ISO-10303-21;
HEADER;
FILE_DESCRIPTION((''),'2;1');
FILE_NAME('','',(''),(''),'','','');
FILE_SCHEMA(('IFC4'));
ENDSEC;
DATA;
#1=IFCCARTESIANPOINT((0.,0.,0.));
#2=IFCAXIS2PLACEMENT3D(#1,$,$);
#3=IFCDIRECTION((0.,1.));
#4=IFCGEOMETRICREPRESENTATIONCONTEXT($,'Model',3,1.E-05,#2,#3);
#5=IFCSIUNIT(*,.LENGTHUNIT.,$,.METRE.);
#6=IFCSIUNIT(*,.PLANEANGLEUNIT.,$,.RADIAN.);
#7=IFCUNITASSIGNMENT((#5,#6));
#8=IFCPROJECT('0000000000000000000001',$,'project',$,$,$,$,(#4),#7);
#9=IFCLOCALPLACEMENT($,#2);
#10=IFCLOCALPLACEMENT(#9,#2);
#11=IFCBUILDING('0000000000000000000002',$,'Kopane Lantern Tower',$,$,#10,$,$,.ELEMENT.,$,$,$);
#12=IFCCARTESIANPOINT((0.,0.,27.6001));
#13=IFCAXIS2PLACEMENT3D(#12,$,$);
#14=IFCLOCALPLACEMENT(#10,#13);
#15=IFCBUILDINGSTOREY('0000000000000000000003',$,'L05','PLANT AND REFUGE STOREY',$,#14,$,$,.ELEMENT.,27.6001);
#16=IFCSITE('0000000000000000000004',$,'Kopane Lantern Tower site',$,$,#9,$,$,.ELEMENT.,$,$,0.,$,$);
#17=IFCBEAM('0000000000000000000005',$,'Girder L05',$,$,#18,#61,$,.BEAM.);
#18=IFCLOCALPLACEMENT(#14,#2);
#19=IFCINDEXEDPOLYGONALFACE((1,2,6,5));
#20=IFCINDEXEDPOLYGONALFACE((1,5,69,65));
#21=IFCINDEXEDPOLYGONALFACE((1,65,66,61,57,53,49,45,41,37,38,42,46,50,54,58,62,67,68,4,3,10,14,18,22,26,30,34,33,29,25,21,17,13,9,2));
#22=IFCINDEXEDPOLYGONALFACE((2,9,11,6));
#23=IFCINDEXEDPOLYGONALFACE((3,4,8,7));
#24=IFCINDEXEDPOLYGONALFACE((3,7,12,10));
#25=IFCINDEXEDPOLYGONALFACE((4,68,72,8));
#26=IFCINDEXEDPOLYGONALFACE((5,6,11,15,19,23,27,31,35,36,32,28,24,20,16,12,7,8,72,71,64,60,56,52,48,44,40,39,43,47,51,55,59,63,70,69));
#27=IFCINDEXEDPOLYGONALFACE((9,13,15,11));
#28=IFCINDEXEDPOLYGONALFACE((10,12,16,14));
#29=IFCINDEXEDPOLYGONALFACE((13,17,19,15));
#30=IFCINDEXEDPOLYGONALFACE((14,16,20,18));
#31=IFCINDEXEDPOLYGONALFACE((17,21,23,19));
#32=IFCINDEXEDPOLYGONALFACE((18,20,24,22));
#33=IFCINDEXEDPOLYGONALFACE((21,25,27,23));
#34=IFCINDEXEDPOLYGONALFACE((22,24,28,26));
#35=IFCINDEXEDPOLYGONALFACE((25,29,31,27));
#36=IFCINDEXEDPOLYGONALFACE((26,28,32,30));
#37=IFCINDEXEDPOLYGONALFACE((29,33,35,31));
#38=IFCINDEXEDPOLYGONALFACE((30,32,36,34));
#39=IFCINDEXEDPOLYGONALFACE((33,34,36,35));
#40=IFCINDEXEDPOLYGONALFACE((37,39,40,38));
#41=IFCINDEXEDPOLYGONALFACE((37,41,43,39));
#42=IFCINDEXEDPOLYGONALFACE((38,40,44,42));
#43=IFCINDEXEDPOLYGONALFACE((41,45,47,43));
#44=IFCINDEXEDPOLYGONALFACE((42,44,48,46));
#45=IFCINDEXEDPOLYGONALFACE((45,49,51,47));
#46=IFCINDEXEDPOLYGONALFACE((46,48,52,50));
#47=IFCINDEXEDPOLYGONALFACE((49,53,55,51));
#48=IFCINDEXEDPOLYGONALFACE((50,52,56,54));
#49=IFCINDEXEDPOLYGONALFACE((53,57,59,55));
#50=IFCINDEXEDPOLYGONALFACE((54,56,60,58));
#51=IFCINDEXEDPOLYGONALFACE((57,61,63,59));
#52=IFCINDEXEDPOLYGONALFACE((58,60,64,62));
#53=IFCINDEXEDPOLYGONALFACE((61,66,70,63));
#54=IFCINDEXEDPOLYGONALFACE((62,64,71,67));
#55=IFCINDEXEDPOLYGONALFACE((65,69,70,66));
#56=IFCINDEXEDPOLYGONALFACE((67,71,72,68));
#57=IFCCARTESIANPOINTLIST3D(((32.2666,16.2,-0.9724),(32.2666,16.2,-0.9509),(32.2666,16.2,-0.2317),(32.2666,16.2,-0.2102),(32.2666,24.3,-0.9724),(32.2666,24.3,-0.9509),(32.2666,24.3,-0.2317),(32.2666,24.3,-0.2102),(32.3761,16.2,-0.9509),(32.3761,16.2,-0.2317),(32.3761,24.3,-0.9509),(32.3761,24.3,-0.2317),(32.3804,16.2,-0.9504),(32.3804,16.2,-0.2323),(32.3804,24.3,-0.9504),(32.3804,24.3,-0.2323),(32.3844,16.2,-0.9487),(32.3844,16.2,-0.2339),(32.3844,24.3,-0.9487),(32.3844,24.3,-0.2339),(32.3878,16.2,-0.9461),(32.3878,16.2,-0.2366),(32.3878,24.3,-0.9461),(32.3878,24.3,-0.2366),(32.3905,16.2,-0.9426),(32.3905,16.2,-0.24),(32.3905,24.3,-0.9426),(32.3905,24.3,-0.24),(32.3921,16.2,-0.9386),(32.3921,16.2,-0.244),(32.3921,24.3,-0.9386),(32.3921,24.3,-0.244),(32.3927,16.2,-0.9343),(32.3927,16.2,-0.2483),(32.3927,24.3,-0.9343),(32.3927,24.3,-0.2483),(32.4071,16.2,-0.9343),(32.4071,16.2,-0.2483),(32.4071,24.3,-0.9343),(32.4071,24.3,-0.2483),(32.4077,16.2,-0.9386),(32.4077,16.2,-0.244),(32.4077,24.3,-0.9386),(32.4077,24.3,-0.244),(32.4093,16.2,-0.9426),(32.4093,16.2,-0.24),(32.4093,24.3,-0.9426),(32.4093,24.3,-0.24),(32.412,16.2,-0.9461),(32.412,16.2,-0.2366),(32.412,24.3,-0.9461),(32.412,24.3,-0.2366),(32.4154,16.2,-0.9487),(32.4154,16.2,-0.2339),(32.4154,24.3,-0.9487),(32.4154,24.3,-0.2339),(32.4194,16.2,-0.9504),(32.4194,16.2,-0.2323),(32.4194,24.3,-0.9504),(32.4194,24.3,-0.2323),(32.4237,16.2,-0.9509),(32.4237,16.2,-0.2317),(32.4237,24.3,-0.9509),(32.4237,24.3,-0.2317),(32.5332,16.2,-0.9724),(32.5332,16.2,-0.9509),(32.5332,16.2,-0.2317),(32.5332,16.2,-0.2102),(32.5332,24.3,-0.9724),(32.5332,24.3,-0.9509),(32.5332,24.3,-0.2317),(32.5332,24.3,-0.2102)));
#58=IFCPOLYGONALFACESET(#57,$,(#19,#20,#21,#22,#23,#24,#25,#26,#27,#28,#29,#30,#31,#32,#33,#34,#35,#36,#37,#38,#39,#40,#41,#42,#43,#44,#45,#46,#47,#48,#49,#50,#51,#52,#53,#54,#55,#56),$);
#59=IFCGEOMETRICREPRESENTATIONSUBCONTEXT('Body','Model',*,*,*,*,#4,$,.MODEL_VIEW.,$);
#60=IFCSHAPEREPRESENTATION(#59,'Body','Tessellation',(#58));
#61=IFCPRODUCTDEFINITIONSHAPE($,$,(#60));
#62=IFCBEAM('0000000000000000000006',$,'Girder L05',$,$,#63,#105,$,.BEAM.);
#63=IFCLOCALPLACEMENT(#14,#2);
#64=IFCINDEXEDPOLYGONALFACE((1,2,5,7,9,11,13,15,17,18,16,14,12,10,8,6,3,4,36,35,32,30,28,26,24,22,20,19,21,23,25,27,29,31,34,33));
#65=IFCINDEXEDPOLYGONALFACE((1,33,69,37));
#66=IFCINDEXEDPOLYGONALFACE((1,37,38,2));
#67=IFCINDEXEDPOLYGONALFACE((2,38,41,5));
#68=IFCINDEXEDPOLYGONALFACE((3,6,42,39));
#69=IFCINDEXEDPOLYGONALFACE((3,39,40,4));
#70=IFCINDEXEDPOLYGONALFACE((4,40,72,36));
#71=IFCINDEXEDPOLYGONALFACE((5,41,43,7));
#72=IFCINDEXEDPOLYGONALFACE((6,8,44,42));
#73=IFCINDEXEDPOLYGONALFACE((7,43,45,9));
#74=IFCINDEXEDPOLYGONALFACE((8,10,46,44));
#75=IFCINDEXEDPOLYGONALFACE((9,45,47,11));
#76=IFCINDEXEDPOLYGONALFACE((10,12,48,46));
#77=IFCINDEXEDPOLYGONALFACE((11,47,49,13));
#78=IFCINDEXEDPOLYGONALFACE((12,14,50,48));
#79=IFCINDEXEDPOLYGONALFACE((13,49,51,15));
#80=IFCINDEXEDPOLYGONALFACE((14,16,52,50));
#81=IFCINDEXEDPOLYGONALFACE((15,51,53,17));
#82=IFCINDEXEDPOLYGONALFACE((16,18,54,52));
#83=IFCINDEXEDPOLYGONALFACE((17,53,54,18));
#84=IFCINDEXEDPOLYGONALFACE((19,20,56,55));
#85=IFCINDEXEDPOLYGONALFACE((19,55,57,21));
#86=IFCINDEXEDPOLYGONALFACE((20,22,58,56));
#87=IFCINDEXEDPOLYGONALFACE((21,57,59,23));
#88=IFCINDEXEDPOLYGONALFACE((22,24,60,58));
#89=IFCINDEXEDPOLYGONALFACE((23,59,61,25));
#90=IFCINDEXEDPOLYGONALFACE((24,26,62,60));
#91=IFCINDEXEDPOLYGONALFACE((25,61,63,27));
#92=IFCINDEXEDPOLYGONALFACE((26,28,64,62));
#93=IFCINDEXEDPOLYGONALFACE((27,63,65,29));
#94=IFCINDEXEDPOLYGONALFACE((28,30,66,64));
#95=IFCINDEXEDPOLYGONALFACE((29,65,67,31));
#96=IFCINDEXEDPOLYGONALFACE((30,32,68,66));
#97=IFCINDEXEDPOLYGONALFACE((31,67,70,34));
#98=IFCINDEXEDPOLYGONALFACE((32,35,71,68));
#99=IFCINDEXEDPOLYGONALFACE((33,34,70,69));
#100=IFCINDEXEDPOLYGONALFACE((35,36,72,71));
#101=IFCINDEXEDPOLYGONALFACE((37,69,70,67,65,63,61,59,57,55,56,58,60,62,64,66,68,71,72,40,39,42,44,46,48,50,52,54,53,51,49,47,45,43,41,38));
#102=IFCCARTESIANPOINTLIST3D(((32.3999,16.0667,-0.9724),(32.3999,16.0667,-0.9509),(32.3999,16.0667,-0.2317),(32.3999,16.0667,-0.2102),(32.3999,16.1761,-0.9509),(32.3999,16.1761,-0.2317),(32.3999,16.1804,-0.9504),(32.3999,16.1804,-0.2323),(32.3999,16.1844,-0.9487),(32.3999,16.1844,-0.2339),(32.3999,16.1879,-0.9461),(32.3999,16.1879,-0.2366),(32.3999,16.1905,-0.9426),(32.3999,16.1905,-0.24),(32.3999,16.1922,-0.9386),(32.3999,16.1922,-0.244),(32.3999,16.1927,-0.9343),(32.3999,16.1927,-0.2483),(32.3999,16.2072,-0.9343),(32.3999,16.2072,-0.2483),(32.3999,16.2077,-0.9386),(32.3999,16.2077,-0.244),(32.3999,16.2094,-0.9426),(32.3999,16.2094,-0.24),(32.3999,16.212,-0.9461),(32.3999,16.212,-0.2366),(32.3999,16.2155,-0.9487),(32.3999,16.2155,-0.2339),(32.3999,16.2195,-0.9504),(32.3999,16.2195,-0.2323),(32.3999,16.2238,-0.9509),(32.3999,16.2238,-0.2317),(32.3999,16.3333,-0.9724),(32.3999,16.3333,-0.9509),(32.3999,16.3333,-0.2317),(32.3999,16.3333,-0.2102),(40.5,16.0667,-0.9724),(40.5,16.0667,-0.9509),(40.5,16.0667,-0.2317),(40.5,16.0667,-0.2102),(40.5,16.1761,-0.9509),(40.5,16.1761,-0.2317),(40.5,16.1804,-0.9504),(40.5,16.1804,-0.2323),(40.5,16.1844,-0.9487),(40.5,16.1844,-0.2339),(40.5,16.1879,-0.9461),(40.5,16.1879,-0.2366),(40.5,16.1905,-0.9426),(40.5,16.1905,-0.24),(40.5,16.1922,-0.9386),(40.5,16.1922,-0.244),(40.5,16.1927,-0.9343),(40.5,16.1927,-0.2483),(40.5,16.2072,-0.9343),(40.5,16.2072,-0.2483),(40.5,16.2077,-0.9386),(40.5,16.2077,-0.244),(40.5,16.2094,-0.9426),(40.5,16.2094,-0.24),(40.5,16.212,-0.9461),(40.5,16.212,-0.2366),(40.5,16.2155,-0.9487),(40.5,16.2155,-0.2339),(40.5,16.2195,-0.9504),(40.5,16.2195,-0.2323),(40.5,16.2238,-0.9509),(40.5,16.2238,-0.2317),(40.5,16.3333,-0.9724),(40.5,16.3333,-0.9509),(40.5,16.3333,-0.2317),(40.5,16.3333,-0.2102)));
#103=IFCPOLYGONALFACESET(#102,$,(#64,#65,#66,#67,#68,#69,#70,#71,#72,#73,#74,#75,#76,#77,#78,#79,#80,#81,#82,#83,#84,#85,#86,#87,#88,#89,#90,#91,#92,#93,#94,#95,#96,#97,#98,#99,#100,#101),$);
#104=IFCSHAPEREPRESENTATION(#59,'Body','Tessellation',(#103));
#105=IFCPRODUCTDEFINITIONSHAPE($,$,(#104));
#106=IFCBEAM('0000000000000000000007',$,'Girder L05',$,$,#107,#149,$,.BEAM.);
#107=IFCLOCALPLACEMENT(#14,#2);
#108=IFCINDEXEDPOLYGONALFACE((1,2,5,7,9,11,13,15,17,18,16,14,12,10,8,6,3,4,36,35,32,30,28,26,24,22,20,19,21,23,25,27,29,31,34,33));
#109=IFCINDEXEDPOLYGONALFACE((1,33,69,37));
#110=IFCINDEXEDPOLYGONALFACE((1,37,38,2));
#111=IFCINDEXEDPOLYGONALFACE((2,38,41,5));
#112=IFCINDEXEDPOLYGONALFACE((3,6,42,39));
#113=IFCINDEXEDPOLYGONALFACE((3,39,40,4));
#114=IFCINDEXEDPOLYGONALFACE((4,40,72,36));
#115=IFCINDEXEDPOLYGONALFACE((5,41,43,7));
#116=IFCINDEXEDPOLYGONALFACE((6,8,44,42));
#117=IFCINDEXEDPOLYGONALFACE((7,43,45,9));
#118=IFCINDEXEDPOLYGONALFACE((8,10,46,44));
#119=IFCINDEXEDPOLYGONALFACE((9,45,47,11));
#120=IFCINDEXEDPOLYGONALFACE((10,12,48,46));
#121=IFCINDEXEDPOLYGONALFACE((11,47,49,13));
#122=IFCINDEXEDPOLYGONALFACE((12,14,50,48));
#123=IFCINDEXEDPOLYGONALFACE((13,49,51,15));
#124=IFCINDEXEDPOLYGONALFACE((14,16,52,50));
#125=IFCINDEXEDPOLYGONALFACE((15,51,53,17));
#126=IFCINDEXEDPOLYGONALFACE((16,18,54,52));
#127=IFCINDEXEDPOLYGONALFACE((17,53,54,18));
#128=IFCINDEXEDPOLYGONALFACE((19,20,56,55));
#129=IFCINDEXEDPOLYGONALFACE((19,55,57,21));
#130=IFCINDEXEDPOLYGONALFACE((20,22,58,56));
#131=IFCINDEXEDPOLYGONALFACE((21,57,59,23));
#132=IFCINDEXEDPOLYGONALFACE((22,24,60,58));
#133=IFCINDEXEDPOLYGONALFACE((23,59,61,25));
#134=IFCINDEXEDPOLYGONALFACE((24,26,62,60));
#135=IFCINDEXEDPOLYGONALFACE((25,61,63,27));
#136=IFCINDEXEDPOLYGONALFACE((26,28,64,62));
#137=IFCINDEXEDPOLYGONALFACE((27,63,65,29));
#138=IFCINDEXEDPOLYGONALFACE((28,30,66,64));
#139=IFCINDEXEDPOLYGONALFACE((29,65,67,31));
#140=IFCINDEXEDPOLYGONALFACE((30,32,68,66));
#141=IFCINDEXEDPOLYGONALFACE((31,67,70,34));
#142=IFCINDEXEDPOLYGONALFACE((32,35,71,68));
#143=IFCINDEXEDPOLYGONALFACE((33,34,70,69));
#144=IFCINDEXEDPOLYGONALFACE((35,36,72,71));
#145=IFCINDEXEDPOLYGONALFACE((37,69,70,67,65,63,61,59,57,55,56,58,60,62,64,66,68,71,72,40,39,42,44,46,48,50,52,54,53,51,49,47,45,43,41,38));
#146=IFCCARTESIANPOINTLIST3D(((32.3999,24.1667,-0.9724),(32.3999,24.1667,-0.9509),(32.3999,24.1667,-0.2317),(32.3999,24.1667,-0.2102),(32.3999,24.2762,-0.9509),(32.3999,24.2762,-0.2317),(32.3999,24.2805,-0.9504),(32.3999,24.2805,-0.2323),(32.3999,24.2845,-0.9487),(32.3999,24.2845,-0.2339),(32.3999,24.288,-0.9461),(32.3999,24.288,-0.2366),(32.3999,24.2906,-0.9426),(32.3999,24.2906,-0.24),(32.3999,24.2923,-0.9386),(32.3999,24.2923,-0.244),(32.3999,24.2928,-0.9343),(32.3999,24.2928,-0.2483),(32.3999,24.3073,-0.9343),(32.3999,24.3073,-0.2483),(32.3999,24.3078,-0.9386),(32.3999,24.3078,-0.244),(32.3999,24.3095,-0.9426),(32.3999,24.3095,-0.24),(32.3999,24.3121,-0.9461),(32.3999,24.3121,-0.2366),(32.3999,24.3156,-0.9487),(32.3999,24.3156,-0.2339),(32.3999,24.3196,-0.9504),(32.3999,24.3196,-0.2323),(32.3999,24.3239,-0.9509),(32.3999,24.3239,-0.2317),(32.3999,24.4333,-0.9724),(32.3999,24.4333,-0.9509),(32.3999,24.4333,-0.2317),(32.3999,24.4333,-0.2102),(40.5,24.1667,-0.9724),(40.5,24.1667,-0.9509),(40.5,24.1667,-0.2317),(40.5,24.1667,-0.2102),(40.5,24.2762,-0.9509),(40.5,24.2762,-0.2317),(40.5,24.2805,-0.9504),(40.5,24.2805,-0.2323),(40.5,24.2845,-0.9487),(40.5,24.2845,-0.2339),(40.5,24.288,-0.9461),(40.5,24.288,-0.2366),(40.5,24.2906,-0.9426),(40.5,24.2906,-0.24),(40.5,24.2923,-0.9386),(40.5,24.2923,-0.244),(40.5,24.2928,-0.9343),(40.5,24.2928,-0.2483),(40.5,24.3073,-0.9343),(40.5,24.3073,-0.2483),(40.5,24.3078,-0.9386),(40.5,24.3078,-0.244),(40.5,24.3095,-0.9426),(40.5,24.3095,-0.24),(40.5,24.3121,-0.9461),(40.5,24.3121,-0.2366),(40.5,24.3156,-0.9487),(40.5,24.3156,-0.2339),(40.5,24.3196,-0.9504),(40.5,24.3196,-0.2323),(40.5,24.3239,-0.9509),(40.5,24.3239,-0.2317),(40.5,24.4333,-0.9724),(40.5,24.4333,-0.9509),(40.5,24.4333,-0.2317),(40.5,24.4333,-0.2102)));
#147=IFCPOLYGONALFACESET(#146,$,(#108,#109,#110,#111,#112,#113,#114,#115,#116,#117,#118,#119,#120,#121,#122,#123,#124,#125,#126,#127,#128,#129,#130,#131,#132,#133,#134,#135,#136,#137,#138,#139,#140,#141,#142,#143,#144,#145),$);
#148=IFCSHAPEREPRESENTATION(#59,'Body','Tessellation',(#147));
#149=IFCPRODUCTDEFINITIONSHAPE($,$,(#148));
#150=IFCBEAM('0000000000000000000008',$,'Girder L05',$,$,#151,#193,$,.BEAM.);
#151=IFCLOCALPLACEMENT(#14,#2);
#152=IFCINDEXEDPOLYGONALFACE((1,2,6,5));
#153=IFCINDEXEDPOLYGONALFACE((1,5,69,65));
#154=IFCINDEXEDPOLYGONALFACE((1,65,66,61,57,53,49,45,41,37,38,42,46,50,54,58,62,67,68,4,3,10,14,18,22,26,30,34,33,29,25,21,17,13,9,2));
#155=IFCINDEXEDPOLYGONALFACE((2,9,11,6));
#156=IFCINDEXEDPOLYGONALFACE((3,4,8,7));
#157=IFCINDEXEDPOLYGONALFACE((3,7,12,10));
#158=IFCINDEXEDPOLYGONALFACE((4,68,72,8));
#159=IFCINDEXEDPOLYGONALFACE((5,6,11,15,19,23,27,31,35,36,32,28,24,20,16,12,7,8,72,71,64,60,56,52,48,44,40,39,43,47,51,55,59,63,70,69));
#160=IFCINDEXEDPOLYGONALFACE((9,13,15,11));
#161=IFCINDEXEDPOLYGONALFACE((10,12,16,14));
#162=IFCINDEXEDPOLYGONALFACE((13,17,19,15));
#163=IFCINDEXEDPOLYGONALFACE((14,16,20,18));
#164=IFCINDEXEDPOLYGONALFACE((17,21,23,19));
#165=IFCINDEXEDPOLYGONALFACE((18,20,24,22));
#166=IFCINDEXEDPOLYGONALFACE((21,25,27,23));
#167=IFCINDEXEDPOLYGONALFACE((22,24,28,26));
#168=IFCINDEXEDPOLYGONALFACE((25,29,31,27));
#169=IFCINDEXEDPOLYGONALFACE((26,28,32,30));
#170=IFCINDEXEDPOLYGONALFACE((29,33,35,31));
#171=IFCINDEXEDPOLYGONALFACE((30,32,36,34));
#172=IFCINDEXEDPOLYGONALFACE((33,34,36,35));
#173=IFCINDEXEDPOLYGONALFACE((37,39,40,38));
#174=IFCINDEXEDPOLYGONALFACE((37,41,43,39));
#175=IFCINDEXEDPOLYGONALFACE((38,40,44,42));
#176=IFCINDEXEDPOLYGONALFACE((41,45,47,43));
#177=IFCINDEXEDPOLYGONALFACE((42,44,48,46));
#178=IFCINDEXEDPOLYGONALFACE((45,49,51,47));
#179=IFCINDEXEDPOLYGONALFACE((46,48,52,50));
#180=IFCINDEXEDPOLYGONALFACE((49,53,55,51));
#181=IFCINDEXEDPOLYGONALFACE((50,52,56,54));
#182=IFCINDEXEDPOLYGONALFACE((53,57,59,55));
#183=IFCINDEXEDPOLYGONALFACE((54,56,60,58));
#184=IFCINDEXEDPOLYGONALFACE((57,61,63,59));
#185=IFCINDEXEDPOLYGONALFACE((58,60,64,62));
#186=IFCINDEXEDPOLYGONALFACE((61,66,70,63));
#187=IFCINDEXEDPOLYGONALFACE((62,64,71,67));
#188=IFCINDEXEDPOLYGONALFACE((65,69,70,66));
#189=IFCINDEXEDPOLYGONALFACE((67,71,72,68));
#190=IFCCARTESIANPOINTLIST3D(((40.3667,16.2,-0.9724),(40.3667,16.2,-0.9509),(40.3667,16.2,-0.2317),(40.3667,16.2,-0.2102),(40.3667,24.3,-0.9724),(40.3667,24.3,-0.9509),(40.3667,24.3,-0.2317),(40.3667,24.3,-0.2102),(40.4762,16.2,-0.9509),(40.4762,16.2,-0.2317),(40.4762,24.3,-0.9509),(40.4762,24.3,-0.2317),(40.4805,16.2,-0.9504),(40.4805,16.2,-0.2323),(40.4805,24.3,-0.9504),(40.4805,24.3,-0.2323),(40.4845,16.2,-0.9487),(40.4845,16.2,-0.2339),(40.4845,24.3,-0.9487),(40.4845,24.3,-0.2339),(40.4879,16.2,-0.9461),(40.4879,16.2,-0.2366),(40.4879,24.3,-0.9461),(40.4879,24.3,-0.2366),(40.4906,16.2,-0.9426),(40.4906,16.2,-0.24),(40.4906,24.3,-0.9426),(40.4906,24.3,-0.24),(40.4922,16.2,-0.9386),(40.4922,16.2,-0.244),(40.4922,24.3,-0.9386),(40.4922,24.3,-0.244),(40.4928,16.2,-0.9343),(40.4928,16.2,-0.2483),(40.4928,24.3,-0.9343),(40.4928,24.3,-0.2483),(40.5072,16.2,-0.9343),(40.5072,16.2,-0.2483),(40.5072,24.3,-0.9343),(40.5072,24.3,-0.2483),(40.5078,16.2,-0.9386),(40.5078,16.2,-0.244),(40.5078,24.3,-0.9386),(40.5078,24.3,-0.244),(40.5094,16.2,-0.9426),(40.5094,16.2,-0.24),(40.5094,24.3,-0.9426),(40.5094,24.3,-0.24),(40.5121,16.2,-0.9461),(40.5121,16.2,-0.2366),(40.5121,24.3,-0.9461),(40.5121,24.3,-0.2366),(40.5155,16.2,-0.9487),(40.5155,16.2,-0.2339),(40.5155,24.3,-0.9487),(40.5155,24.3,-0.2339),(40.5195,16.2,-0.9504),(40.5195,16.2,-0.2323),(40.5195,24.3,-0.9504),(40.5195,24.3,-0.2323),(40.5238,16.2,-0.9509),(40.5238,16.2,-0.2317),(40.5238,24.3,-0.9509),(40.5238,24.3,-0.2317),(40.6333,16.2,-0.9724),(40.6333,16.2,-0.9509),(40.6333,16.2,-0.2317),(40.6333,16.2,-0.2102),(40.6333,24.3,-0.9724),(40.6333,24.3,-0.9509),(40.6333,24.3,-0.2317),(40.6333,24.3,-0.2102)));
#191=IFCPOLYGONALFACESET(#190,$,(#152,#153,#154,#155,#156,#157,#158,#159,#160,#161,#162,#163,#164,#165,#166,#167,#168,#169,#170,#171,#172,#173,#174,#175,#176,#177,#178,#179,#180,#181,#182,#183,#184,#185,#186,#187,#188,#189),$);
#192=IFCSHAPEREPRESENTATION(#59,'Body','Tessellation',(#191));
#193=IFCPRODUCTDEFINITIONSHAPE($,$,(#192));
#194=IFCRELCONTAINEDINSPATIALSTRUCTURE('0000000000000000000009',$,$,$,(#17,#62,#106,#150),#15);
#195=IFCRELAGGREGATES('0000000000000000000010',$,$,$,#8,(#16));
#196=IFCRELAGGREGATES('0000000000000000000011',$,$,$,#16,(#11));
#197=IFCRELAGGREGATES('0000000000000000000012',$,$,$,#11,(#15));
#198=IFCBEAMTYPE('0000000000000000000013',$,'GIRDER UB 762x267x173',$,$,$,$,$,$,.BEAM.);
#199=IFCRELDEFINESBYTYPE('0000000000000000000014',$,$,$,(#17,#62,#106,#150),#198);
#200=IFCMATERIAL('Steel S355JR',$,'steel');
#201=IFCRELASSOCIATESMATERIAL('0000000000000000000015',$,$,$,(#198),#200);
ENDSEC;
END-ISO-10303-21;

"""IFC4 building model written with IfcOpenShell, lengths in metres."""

from ifc_helpers import new_model, si_unit, direction, frame, origin, origin_2d, place, context, subcontext, project, spatial, i_section, extrude, material, material_profile, profile_set, type_object, element, save


model = new_model("IFC4")

# Units and contexts
model_context = context("Model", 3, precision=1e-05, world=origin(), true_north=direction((0.0, 1.0)))
body_context = subcontext(model_context, "Body", "Model", "MODEL_VIEW")
ifc_project = project(units=[si_unit("LENGTHUNIT", "METRE"), si_unit("PLANEANGLEUNIT", "RADIAN")], contexts=[model_context])

# Site, building, storey
site_placement = place(None, origin())
site = spatial("IfcSite", under=ifc_project, at=site_placement, Name="Kopane Lantern Tower site", CompositionType="ELEMENT", RefElevation=0.0)
building_placement = place(site_placement, origin())
building = spatial("IfcBuilding", under=site, at=building_placement, Name="Kopane Lantern Tower", CompositionType="ELEMENT")
storey_placement = place(building_placement, frame((0.0, 0.0, 27.6001)))
storey = spatial("IfcBuildingStorey", under=building, at=storey_placement, Name="L05", Description="PLANT AND REFUGE STOREY", CompositionType="ELEMENT", Elevation=27.6001)

# Beams
ifc_material_1 = material(Name="Steel S355JR", Category="steel")
ifc_material_profile_1 = material_profile(ifc_material_1, i_section(OverallWidth=0.2666, OverallDepth=0.7622, WebThickness=0.0144, FlangeThickness=0.0215, FilletRadius=0.0166, at=origin_2d()), Name="UB 762x267x173")
ifc_profile_set_1 = profile_set([ifc_material_profile_1], Name="Steel S355JR")
beam_type_1 = type_object("IfcBeamType", Name="GIRDER UB 762x267x173", PredefinedType="BEAM", material=ifc_profile_set_1)
for number, where, z_axis, x_axis, name in (
    (1, (32.3999, 16.2, -0.5913), (0.0, 1.0, 0.0), (-1.0, 0.0, 0.0), "Girder L05"),
    (2, (32.3999, 16.2, -0.5913), (1.0, 0.0, 0.0), (0.0, 1.0, 0.0), "Girder L05"),
    (3, (32.3999, 24.3, -0.5913), (1.0, 0.0, 0.0), (0.0, 1.0, 0.0), "Girder L05"),
    (4, (40.5, 16.2, -0.5913), (0.0, 1.0, 0.0), (-1.0, 0.0, 0.0), "Girder L05"),
):
    element("IfcBeam", number, at=place(storey_placement, frame(where, z_axis=z_axis, x_axis=x_axis)), inside=storey, type_object=beam_type_1, Name=name, PredefinedType="BEAM", context=body_context, shape_type="SweptSolid", body=[
        extrude(i_section(OverallWidth=0.2666, OverallDepth=0.7622, WebThickness=0.0144, FlangeThickness=0.0215, FilletRadius=0.0166, at=origin_2d()), origin(), (0.0, 0.0, 1.0), 8.1001),
    ])

save(model, "model.ifc")
